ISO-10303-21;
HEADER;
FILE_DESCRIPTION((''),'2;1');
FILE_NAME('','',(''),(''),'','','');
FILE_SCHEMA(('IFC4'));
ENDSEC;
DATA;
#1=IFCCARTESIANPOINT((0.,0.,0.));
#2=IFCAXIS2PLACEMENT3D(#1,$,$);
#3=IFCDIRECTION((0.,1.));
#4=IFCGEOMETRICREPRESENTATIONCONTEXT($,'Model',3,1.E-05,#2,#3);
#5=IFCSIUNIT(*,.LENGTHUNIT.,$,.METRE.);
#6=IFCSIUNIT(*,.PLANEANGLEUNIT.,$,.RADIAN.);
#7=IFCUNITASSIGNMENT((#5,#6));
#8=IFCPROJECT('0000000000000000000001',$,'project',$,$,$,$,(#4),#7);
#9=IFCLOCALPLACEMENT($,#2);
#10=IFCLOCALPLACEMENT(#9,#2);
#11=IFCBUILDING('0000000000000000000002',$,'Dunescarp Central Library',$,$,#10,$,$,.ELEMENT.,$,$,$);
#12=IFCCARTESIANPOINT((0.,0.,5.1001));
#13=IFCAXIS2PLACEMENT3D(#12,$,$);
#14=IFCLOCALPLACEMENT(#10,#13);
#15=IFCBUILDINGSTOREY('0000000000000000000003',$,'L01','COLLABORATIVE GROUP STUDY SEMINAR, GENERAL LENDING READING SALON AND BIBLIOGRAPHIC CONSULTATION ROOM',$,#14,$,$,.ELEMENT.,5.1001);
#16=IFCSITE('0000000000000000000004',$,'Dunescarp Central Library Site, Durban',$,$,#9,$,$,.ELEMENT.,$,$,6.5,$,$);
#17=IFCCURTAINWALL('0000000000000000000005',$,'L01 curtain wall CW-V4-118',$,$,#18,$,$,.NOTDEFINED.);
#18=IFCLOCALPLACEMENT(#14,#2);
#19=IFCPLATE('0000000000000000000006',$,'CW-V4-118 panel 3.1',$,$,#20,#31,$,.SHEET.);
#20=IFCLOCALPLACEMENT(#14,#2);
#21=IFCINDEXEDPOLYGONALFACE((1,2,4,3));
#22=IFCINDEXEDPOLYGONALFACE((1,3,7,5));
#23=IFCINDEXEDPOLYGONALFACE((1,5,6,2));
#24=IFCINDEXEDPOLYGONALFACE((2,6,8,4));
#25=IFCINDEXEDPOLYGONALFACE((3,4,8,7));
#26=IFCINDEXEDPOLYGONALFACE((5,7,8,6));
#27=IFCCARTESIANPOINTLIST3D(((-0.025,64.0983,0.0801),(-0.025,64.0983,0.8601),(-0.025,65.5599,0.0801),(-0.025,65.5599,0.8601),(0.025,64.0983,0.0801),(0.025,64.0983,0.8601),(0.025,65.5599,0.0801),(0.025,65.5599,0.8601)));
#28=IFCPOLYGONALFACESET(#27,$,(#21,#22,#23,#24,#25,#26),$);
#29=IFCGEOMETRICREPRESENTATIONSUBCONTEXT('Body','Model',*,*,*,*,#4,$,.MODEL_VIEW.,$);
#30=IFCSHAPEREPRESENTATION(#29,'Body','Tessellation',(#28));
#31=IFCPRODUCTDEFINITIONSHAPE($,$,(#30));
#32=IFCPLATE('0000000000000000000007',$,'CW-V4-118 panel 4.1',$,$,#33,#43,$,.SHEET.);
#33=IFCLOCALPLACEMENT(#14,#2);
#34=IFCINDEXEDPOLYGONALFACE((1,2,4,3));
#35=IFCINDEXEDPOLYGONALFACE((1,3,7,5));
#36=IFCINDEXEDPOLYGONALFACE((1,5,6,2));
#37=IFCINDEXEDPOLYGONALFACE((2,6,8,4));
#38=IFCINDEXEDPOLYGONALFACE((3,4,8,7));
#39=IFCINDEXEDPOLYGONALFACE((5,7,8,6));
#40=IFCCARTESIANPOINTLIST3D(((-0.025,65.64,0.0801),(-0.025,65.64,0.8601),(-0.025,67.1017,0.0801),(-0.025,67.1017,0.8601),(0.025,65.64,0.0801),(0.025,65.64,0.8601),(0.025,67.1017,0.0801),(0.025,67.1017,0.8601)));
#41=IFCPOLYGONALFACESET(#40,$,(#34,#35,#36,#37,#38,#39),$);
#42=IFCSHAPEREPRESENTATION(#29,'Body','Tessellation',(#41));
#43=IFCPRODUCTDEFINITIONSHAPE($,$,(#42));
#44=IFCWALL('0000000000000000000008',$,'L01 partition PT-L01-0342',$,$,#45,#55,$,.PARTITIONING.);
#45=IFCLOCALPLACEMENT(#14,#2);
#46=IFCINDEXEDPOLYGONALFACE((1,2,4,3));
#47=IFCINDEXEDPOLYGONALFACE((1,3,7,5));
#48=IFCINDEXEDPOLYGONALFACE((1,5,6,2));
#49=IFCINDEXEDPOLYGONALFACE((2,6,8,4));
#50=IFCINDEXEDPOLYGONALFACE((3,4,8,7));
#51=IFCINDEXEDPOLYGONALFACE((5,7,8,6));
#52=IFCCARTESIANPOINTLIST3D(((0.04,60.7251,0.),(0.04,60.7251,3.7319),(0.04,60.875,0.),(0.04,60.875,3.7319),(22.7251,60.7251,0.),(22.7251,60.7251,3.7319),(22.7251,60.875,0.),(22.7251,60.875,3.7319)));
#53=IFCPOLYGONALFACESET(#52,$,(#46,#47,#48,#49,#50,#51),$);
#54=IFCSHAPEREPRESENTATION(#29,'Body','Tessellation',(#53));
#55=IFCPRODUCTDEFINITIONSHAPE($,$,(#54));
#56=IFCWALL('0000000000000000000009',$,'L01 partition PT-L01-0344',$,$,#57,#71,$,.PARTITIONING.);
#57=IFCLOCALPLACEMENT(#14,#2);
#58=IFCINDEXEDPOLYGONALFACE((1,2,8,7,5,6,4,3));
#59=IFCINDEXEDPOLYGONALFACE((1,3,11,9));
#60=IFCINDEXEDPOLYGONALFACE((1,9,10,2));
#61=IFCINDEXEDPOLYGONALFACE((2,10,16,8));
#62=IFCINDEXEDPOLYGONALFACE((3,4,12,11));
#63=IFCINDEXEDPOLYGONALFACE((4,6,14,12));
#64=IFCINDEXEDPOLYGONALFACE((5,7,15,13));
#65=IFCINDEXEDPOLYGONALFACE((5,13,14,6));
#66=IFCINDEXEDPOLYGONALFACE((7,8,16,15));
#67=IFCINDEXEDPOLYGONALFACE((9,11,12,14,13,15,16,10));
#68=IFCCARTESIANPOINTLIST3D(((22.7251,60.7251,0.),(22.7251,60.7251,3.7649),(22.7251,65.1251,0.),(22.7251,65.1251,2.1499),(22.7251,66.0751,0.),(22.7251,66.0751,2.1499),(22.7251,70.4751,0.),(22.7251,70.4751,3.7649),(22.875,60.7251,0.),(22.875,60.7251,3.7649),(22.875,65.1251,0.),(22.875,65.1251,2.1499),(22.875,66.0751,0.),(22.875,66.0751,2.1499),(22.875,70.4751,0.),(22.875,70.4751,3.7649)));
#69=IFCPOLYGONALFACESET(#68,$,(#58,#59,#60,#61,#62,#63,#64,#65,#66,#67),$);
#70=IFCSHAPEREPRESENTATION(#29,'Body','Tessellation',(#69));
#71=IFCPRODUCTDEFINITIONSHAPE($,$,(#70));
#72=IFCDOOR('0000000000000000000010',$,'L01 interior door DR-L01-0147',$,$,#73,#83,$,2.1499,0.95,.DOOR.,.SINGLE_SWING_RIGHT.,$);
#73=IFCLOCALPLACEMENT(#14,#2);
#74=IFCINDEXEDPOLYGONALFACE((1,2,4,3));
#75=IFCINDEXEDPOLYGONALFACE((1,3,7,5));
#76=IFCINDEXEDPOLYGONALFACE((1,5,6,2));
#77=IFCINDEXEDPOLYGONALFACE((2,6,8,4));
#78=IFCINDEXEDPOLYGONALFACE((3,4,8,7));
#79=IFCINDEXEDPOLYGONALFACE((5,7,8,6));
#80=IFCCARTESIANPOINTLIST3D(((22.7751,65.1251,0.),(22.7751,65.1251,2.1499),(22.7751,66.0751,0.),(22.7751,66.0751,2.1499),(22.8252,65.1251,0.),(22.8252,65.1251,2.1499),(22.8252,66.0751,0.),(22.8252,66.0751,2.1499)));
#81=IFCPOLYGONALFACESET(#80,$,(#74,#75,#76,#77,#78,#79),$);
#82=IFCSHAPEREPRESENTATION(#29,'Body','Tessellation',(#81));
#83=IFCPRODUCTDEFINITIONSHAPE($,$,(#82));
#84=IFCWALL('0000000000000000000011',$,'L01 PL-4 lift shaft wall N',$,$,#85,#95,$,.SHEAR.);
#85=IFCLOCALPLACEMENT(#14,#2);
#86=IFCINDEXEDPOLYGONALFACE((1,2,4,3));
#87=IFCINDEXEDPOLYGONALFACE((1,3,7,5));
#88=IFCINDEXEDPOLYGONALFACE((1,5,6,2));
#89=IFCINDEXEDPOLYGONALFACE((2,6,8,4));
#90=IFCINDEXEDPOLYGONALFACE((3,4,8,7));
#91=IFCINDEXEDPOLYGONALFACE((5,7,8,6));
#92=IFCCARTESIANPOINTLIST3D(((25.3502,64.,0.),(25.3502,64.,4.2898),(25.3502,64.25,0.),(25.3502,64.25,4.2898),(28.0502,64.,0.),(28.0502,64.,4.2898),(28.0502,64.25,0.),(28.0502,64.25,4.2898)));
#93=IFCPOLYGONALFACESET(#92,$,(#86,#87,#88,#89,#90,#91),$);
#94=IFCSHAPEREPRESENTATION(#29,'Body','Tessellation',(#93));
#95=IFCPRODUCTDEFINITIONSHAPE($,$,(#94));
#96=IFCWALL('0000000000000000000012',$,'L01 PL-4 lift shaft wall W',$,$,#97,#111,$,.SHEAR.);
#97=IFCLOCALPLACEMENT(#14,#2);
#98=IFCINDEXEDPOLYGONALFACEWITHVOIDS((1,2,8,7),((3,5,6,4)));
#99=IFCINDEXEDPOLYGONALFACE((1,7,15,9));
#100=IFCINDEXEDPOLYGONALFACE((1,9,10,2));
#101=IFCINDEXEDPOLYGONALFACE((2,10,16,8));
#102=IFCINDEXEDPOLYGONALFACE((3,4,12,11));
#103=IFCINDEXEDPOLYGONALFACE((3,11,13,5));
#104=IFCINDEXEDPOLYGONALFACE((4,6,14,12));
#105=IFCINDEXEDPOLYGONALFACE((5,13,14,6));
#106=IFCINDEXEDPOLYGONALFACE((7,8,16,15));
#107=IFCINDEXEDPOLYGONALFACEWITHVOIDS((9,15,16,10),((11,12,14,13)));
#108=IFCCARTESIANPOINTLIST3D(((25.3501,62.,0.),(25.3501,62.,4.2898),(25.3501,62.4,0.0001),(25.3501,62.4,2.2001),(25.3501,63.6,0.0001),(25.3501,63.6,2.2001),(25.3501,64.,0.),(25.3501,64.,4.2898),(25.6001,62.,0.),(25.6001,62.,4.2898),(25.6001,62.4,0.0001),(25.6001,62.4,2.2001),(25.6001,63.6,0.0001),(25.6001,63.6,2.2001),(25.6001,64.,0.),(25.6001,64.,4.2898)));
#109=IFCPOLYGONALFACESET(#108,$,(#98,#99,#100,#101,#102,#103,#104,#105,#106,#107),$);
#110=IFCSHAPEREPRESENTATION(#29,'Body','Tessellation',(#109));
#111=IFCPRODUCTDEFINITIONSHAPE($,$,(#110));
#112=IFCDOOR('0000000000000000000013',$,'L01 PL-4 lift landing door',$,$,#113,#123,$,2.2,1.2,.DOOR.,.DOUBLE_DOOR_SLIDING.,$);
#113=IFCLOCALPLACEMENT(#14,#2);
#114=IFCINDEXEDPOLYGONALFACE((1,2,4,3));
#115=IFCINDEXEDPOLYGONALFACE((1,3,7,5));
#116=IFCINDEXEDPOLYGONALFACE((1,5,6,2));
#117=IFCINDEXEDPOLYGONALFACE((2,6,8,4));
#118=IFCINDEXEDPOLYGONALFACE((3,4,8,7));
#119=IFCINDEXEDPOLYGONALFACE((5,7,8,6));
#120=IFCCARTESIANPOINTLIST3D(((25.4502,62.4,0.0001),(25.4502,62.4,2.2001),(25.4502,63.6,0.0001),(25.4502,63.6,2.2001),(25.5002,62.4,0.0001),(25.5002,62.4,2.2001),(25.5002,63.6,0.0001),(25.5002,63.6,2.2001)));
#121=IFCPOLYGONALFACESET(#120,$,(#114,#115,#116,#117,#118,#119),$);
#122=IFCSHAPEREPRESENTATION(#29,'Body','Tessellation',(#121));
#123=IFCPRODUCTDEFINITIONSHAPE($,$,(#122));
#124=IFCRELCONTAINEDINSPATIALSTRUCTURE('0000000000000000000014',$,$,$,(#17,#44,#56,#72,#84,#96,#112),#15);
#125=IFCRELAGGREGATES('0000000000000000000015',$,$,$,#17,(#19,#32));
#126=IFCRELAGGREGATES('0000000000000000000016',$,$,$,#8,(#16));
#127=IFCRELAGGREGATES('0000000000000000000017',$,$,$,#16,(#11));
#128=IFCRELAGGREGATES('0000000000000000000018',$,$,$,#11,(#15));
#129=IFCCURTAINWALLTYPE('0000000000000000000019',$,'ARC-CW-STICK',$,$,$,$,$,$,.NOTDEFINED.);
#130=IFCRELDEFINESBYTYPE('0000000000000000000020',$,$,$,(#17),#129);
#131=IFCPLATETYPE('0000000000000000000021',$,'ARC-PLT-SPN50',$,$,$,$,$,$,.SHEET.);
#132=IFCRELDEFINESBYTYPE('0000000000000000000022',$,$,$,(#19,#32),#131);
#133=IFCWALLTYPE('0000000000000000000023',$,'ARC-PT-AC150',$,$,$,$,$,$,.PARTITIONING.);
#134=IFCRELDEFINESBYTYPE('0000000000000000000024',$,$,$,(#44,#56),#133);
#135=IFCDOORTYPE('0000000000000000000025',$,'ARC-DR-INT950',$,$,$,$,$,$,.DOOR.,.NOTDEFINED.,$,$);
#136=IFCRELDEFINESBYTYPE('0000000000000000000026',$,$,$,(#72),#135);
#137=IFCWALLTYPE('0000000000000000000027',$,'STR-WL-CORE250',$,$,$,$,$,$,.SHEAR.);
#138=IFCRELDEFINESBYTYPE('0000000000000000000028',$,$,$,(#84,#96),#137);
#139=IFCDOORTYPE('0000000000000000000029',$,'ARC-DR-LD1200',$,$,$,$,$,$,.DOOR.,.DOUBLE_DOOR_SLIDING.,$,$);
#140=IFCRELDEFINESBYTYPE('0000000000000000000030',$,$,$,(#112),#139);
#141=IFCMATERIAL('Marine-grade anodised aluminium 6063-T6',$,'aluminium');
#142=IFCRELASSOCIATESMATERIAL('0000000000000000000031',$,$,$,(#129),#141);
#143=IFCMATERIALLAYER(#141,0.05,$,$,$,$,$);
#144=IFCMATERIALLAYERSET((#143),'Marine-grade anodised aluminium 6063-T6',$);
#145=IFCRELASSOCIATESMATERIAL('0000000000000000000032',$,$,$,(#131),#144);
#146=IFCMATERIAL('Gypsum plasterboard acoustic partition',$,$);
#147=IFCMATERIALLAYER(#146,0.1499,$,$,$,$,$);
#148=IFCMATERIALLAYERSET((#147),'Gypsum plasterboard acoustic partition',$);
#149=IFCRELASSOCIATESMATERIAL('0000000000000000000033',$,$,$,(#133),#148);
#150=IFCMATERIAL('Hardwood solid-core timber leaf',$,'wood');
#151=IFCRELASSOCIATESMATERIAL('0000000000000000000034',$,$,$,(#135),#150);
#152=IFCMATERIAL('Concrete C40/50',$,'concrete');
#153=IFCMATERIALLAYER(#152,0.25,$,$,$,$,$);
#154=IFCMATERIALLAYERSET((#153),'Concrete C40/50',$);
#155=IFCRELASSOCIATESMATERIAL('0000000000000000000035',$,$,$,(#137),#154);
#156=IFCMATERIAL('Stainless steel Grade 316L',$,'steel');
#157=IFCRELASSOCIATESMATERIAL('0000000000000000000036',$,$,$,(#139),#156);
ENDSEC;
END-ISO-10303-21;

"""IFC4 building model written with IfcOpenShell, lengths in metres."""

from ifc_helpers import new_model, si_unit, direction, frame, frame_2d, origin, origin_2d, place, context, subcontext, project, spatial, rectangle, extrude, material, layer, layer_set, type_object, element, fill, aggregate, save


model = new_model("IFC4")

# Units and contexts
model_context = context("Model", 3, precision=1e-05, world=origin(), true_north=direction((0.0, 1.0)))
body_context = subcontext(model_context, "Body", "Model", "MODEL_VIEW")
ifc_project = project(units=[si_unit("LENGTHUNIT", "METRE"), si_unit("PLANEANGLEUNIT", "RADIAN")], contexts=[model_context])

# Site, building, storey
site_placement = place(None, origin())
site = spatial("IfcSite", under=ifc_project, at=site_placement, Name="Dunescarp Central Library Site, Durban", CompositionType="ELEMENT", RefElevation=6.5)
building_placement = place(site_placement, origin())
building = spatial("IfcBuilding", under=site, at=building_placement, Name="Dunescarp Central Library", CompositionType="ELEMENT")
storey_placement = place(building_placement, frame((0.0, 0.0, 5.1001)))
storey = spatial("IfcBuildingStorey", under=building, at=storey_placement, Name="L01", Description="COLLABORATIVE GROUP STUDY SEMINAR, GENERAL LENDING READING SALON AND BIBLIOGRAPHIC CONSULTATION ROOM", CompositionType="ELEMENT", Elevation=5.1001)

# Curtain wall
ifc_material_1 = material(Name="Marine-grade anodised aluminium 6063-T6", Category="aluminium")
curtain_wall_type = type_object("IfcCurtainWallType", Name="ARC-CW-STICK", PredefinedType="NOTDEFINED", material=ifc_material_1)
curtain_wall_placement = place(storey_placement, origin())
curtain_wall = element("IfcCurtainWall", 1, at=curtain_wall_placement, inside=storey, type_object=curtain_wall_type, Name="L01 curtain wall CW-V4-118", PredefinedType="NOTDEFINED")

# Plates
ifc_layer_1 = layer(ifc_material_1, 0.05)
ifc_layer_set_1 = layer_set([ifc_layer_1], Name="Marine-grade anodised aluminium 6063-T6")
plate_type_1 = type_object("IfcPlateType", Name="ARC-PLT-SPN50", PredefinedType="SHEET", material=ifc_layer_set_1)
plate_1_placement = place(storey_placement, frame((0.0, 64.8291, 0.0801), z_axis=(0.0, 0.0, 1.0), x_axis=(0.0, 1.0, 0.0)))
plate_1 = element("IfcPlate", 2, at=plate_1_placement, type_object=plate_type_1, Name="CW-V4-118 panel 3.1", PredefinedType="SHEET", context=body_context, shape_type="SweptSolid", body=[
    extrude(rectangle(XDim=1.4617, YDim=0.05, at=origin_2d()), origin(), (0.0, 0.0, 1.0), 0.78),
])
plate_2_placement = place(storey_placement, frame((0.0, 66.3708, 0.0801), z_axis=(0.0, 0.0, 1.0), x_axis=(0.0, 1.0, 0.0)))
plate_2 = element("IfcPlate", 3, at=plate_2_placement, type_object=plate_type_1, Name="CW-V4-118 panel 4.1", PredefinedType="SHEET", context=body_context, shape_type="SweptSolid", body=[
    extrude(rectangle(XDim=1.4617, YDim=0.05, at=origin_2d()), origin(), (0.0, 0.0, 1.0), 0.78),
])
aggregate(curtain_wall, [plate_1, plate_2])

# Wall
ifc_material_2 = material(Name="Gypsum plasterboard acoustic partition")
ifc_layer_2 = layer(ifc_material_2, 0.1499)
ifc_layer_set_2 = layer_set([ifc_layer_2], Name="Gypsum plasterboard acoustic partition")
wall_type_1 = type_object("IfcWallType", Name="ARC-PT-AC150", PredefinedType="PARTITIONING", material=ifc_layer_set_2)
wall_1_placement = place(storey_placement, frame((0.04, 60.8, 0.0), z_axis=(0.0, 0.0, 1.0), x_axis=(1.0, 0.0, 0.0)))
element("IfcWall", 4, at=wall_1_placement, inside=storey, type_object=wall_type_1, Name="L01 partition PT-L01-0342", PredefinedType="PARTITIONING", context=body_context, shape_type="SweptSolid", body=[
    extrude(rectangle(XDim=22.6851, YDim=0.1499, at=frame_2d((11.3425, 0.0))), origin(), (0.0, 0.0, 1.0), 3.7319),
])

# Wall, opening, door
wall_2_placement = place(storey_placement, frame((22.8, 60.7251, 0.0), z_axis=(0.0, 0.0, 1.0), x_axis=(0.0, 1.0, 0.0)))
wall_2 = element("IfcWall", 5, at=wall_2_placement, inside=storey, type_object=wall_type_1, Name="L01 partition PT-L01-0344", PredefinedType="PARTITIONING", context=body_context, shape_type="SweptSolid", body=[
    extrude(rectangle(XDim=9.75, YDim=0.1499, at=frame_2d((4.875, 0.0))), origin(), (0.0, 0.0, 1.0), 3.7649),
])
opening_1_placement = place(wall_2_placement, frame((4.3999, 0.0, 0.0)))
opening_1 = element("IfcOpeningElement", 6, at=opening_1_placement, cuts=wall_2, PredefinedType="OPENING", context=body_context, shape_type="SweptSolid", body=[
    extrude(rectangle(XDim=0.95, YDim=2.1499, at=frame_2d((0.4751, 1.075))), frame((0.0, 0.085, 0.0), z_axis=(0.0, -1.0, 0.0), x_axis=(1.0, 0.0, 0.0)), (0.0, 0.0, 1.0), 0.1699),
])
ifc_material_3 = material(Name="Hardwood solid-core timber leaf", Category="wood")
door_type_1 = type_object("IfcDoorType", Name="ARC-DR-INT950", OperationType="NOTDEFINED", PredefinedType="DOOR", material=ifc_material_3)
door_1_placement = place(opening_1_placement, origin())
door_1 = element("IfcDoor", 7, at=door_1_placement, inside=storey, type_object=door_type_1, Name="L01 interior door DR-L01-0147", OperationType="SINGLE_SWING_RIGHT", OverallHeight=2.1499, OverallWidth=0.95, PredefinedType="DOOR", context=body_context, shape_type="SweptSolid", body=[
    extrude(rectangle(XDim=0.95, YDim=2.1499, at=frame_2d((0.4751, 1.075))), frame((0.0, 0.0249, 0.0), z_axis=(0.0, -1.0, 0.0), x_axis=(1.0, 0.0, 0.0)), (0.0, 0.0, 1.0), 0.05),
])
fill(opening_1, door_1)

# Wall
ifc_material_4 = material(Name="Concrete C40/50", Category="concrete")
ifc_layer_3 = layer(ifc_material_4, 0.25)
ifc_layer_set_3 = layer_set([ifc_layer_3], Name="Concrete C40/50")
wall_type_2 = type_object("IfcWallType", Name="STR-WL-CORE250", PredefinedType="SHEAR", material=ifc_layer_set_3)
wall_3_placement = place(storey_placement, frame((25.3501, 64.125, 0.0), z_axis=(0.0, 0.0, 1.0), x_axis=(1.0, 0.0, 0.0)))
element("IfcWall", 8, at=wall_3_placement, inside=storey, type_object=wall_type_2, Name="L01 PL-4 lift shaft wall N", PredefinedType="SHEAR", context=body_context, shape_type="SweptSolid", body=[
    extrude(rectangle(XDim=2.7, YDim=0.25, at=frame_2d((1.3501, 0.0))), origin(), (0.0, 0.0, 1.0), 4.2898),
])

# Wall, opening, door
wall_4_placement = place(storey_placement, frame((25.4751, 62.0, 0.0), z_axis=(0.0, 0.0, 1.0), x_axis=(0.0, 1.0, 0.0)))
wall_4 = element("IfcWall", 9, at=wall_4_placement, inside=storey, type_object=wall_type_2, Name="L01 PL-4 lift shaft wall W", PredefinedType="SHEAR", context=body_context, shape_type="SweptSolid", body=[
    extrude(rectangle(XDim=2.0, YDim=0.25, at=frame_2d((1.0, 0.0))), origin(), (0.0, 0.0, 1.0), 4.2898),
])
opening_2_placement = place(wall_4_placement, frame((0.3999, 0.0, 0.0)))
opening_2 = element("IfcOpeningElement", 10, at=opening_2_placement, cuts=wall_4, PredefinedType="OPENING", context=body_context, shape_type="SweptSolid", body=[
    extrude(rectangle(XDim=1.2, YDim=2.2, at=frame_2d((0.6001, 1.1001))), frame((0.0, 0.135, 0.0), z_axis=(0.0, -1.0, 0.0), x_axis=(1.0, 0.0, 0.0)), (0.0, 0.0, 1.0), 0.27),
])
ifc_material_5 = material(Name="Stainless steel Grade 316L", Category="steel")
door_type_2 = type_object("IfcDoorType", Name="ARC-DR-LD1200", OperationType="DOUBLE_DOOR_SLIDING", PredefinedType="DOOR", material=ifc_material_5)
door_2_placement = place(opening_2_placement, origin())
door_2 = element("IfcDoor", 11, at=door_2_placement, inside=storey, type_object=door_type_2, Name="L01 PL-4 lift landing door", OperationType="DOUBLE_DOOR_SLIDING", OverallHeight=2.2, OverallWidth=1.2, PredefinedType="DOOR", context=body_context, shape_type="SweptSolid", body=[
    extrude(rectangle(XDim=1.2, YDim=2.2, at=frame_2d((0.6001, 1.1001))), frame((0.0, 0.0249, 0.0), z_axis=(0.0, -1.0, 0.0), x_axis=(1.0, 0.0, 0.0)), (0.0, 0.0, 1.0), 0.05),
])
fill(opening_2, door_2)

save(model, "model.ifc")
